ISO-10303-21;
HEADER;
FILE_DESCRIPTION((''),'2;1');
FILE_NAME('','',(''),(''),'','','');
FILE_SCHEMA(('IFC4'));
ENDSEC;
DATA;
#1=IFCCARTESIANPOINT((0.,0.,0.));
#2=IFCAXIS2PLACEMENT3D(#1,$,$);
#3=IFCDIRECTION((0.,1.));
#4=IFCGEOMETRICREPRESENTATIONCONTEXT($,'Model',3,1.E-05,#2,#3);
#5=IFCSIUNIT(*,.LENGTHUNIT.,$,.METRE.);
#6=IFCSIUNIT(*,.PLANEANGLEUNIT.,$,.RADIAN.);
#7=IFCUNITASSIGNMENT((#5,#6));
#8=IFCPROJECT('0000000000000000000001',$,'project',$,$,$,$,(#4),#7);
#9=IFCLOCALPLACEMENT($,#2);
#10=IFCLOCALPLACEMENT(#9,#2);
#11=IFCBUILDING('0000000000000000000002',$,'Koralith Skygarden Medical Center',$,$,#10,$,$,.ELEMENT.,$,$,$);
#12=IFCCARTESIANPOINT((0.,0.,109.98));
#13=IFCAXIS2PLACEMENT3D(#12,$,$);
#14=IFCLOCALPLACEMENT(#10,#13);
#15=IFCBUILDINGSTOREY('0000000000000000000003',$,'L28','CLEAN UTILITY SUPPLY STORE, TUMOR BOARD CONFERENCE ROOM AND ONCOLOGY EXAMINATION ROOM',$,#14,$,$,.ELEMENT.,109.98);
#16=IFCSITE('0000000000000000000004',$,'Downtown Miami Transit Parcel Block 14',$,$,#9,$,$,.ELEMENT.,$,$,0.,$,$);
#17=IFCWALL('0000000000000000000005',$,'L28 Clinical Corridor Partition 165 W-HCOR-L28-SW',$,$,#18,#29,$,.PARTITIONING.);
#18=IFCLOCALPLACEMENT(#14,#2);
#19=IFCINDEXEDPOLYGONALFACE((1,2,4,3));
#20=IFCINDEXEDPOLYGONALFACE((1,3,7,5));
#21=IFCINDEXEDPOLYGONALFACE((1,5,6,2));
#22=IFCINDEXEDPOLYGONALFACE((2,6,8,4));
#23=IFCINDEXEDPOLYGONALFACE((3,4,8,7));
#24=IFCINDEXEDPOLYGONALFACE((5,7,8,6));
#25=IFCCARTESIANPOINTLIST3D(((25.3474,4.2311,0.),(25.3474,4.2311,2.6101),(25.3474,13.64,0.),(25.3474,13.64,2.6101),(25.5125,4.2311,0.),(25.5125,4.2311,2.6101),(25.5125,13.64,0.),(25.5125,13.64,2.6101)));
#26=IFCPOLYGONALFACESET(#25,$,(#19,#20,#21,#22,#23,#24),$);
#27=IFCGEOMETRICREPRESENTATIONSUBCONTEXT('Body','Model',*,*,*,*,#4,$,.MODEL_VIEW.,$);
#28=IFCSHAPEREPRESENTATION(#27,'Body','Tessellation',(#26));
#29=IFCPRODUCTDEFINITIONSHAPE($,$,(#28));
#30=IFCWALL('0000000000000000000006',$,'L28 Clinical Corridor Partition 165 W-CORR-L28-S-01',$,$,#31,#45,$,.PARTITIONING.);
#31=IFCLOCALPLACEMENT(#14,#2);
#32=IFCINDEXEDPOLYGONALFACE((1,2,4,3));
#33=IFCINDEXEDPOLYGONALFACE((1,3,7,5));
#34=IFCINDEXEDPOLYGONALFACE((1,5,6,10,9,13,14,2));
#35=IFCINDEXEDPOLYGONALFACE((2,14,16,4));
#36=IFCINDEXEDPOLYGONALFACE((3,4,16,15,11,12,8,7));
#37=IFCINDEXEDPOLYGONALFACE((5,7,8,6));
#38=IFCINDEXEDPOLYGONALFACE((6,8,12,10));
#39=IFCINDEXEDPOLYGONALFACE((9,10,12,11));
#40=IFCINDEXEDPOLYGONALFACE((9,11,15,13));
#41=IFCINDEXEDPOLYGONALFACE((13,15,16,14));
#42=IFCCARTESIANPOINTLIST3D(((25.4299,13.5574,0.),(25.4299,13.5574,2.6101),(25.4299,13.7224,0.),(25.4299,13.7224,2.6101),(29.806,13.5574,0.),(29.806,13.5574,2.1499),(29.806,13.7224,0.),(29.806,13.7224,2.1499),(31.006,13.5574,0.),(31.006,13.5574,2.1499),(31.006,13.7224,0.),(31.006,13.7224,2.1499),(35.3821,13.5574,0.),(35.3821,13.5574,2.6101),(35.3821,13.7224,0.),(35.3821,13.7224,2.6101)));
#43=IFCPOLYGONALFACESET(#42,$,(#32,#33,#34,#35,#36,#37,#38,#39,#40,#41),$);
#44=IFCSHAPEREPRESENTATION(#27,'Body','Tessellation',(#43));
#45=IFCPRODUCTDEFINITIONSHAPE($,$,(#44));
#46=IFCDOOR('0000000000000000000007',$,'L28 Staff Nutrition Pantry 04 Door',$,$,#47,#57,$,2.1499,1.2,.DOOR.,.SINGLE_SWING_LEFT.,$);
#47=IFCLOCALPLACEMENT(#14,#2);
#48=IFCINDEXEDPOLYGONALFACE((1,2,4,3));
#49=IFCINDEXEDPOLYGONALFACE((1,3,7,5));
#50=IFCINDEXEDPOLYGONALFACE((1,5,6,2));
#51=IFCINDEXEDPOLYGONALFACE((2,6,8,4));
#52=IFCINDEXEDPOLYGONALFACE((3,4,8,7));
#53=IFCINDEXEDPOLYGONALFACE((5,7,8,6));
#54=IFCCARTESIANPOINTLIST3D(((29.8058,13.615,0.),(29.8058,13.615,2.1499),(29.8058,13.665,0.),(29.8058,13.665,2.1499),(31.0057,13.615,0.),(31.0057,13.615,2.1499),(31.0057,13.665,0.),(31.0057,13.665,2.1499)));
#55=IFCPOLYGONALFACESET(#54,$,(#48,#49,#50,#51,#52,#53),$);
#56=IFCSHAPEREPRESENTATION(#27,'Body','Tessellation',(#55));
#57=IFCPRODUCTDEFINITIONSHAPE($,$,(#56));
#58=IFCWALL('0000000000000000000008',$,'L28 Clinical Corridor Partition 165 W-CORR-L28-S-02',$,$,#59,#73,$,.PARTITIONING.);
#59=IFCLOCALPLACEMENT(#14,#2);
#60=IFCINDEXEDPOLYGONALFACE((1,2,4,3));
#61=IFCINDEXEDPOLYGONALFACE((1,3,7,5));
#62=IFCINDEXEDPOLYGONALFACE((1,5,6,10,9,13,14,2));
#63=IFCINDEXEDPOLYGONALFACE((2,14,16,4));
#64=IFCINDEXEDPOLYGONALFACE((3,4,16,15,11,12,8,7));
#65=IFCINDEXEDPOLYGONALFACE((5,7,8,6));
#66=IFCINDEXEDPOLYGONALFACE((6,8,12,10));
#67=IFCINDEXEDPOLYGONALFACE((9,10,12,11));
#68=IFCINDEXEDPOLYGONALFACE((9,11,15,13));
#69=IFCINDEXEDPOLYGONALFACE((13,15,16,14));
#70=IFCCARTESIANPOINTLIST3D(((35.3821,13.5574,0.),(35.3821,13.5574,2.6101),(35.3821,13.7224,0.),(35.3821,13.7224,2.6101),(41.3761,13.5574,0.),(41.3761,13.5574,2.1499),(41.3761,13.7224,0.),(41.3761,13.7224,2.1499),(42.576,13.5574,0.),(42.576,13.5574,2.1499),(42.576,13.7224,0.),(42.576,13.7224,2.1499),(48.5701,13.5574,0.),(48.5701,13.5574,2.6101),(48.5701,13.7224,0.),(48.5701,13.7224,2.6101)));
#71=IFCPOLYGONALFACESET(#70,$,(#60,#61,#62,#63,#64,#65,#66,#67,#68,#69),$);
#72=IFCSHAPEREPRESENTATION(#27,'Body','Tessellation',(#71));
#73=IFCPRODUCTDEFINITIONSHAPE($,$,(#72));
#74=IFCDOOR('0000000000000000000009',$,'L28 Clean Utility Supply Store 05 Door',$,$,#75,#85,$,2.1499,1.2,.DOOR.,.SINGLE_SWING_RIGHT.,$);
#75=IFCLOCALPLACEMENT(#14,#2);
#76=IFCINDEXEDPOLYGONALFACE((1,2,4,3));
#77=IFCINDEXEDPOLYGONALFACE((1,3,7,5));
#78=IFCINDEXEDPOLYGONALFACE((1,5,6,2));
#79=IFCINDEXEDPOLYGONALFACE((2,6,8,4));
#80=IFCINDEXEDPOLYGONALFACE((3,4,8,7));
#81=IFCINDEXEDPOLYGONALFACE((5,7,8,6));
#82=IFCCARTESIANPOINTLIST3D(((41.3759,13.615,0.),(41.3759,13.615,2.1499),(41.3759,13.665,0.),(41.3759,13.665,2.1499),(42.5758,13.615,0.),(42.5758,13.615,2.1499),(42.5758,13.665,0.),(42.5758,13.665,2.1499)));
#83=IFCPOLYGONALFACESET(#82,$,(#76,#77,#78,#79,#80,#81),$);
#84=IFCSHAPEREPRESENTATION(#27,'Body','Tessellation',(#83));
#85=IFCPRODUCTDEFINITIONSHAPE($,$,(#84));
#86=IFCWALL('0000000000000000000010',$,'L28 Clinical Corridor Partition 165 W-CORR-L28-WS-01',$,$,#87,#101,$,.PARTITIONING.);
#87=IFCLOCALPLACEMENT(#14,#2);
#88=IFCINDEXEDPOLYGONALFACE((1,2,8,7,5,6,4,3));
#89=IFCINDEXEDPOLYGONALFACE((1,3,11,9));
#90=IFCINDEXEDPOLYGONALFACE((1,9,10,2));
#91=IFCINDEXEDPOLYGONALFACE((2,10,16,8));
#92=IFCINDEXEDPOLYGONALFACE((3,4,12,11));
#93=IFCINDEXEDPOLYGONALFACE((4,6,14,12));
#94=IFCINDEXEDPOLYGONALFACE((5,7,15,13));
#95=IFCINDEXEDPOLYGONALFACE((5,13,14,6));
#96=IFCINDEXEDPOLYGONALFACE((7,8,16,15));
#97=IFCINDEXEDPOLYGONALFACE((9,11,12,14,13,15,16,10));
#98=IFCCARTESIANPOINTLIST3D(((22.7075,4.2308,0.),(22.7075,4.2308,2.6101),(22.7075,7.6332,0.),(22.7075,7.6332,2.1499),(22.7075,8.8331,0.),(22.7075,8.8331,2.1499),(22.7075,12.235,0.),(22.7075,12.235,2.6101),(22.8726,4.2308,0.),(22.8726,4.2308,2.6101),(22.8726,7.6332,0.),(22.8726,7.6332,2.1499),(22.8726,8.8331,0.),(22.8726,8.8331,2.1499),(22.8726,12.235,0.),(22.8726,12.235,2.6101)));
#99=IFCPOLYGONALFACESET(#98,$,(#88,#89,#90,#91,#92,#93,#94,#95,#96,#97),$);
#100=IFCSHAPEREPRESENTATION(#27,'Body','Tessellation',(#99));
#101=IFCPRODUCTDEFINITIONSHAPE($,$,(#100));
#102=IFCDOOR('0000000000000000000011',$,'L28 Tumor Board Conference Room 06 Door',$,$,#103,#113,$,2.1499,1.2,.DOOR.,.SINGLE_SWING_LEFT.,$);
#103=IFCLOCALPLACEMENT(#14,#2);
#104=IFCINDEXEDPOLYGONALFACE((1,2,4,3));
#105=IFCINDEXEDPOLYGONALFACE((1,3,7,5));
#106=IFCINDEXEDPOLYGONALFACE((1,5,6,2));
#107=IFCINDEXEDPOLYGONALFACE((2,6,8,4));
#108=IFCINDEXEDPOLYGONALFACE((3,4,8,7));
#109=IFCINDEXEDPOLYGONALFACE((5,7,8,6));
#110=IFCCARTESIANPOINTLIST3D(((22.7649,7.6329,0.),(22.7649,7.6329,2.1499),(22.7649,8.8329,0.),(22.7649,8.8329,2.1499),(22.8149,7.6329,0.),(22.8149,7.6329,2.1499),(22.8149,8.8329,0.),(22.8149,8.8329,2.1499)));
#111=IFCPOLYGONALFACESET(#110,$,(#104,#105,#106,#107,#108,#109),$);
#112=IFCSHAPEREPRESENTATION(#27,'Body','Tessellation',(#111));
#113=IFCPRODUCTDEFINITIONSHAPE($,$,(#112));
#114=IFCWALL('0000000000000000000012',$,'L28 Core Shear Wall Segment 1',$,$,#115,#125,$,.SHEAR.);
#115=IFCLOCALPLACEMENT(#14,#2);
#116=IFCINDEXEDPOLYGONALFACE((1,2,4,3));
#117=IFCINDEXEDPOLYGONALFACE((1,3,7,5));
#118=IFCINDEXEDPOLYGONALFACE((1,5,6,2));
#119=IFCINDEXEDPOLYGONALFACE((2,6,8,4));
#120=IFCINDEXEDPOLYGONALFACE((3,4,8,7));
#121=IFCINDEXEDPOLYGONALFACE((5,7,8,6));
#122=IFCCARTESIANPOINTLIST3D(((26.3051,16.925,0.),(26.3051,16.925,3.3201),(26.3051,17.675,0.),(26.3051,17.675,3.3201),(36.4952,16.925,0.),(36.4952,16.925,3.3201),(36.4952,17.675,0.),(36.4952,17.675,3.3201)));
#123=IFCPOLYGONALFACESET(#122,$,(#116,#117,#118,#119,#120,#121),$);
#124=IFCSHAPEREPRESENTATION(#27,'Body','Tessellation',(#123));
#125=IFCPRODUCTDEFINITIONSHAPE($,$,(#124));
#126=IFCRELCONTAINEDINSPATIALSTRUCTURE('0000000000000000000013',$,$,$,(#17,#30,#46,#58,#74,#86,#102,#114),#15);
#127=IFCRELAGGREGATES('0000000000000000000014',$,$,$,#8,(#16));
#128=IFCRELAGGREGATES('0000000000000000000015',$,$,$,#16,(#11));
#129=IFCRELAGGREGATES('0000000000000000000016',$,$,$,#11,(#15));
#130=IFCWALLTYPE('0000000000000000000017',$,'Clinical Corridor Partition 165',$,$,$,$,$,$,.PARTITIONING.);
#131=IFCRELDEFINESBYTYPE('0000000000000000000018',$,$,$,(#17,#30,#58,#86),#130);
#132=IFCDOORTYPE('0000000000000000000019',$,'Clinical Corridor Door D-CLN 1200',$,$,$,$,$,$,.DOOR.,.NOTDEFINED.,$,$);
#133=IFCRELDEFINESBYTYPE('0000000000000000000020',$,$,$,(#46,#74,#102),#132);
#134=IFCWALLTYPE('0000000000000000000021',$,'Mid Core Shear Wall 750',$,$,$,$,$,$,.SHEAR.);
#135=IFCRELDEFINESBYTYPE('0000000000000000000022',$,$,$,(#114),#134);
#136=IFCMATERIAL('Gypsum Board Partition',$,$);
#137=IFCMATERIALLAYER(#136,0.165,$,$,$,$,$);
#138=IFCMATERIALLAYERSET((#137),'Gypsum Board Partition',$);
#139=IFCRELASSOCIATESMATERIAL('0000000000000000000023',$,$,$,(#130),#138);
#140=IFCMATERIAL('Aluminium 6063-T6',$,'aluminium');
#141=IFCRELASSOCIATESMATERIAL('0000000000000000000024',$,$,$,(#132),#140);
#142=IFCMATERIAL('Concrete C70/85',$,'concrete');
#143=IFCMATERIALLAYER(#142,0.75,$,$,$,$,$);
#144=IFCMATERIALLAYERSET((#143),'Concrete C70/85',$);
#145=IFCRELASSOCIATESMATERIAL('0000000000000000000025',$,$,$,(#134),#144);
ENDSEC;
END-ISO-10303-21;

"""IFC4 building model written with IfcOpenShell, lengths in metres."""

from ifc_helpers import new_model, si_unit, direction, frame, frame_2d, origin, place, context, subcontext, project, spatial, rectangle, extrude, material, layer, layer_set, type_object, element, fill, save


model = new_model("IFC4")

# Units and contexts
model_context = context("Model", 3, precision=1e-05, world=origin(), true_north=direction((0.0, 1.0)))
body_context = subcontext(model_context, "Body", "Model", "MODEL_VIEW")
ifc_project = project(units=[si_unit("LENGTHUNIT", "METRE"), si_unit("PLANEANGLEUNIT", "RADIAN")], contexts=[model_context])

# Site, building, storey
site_placement = place(None, origin())
site = spatial("IfcSite", under=ifc_project, at=site_placement, Name="Downtown Miami Transit Parcel Block 14", CompositionType="ELEMENT", RefElevation=0.0)
building_placement = place(site_placement, origin())
building = spatial("IfcBuilding", under=site, at=building_placement, Name="Koralith Skygarden Medical Center", CompositionType="ELEMENT")
storey_placement = place(building_placement, frame((0.0, 0.0, 109.98)))
storey = spatial("IfcBuildingStorey", under=building, at=storey_placement, Name="L28", Description="CLEAN UTILITY SUPPLY STORE, TUMOR BOARD CONFERENCE ROOM AND ONCOLOGY EXAMINATION ROOM", CompositionType="ELEMENT", Elevation=109.98)

# Shared definitions
ifc_material_1 = material(Name="Concrete C70/85", Category="concrete")

# Shared definitions
ifc_material_2 = material(Name="Aluminium 6063-T6", Category="aluminium")

# Wall
ifc_material_3 = material(Name="Gypsum Board Partition")
ifc_layer_1 = layer(ifc_material_3, 0.165)
ifc_layer_set_1 = layer_set([ifc_layer_1], Name="Gypsum Board Partition")
wall_type_1 = type_object("IfcWallType", Name="Clinical Corridor Partition 165", PredefinedType="PARTITIONING", material=ifc_layer_set_1)
wall_1_placement = place(storey_placement, frame((25.4299, 4.231, 0.0), z_axis=(0.0, 0.0, 1.0), x_axis=(0.0, 1.0, 0.0)))
element("IfcWall", 1, at=wall_1_placement, inside=storey, type_object=wall_type_1, Name="L28 Clinical Corridor Partition 165 W-HCOR-L28-SW", PredefinedType="PARTITIONING", context=body_context, shape_type="SweptSolid", body=[
    extrude(rectangle(XDim=9.4089, YDim=0.165, at=frame_2d((4.7046, 0.0))), origin(), (0.0, 0.0, 1.0), 2.6101),
])

# Walls, openings, doors
wall_2_placement = place(storey_placement, frame((25.4299, 13.6399, 0.0), z_axis=(0.0, 0.0, 1.0), x_axis=(1.0, 0.0, 0.0)))
wall_2 = element("IfcWall", 2, at=wall_2_placement, inside=storey, type_object=wall_type_1, Name="L28 Clinical Corridor Partition 165 W-CORR-L28-S-01", PredefinedType="PARTITIONING", context=body_context, shape_type="SweptSolid", body=[
    extrude(rectangle(XDim=9.9521, YDim=0.165, at=frame_2d((4.9761, 0.0))), origin(), (0.0, 0.0, 1.0), 2.6101),
])
opening_1_placement = place(wall_2_placement, frame((4.376, 0.0, 0.0)))
opening_1 = element("IfcOpeningElement", 3, at=opening_1_placement, cuts=wall_2, PredefinedType="OPENING", context=body_context, shape_type="SweptSolid", body=[
    extrude(rectangle(XDim=1.2, YDim=2.1499, at=frame_2d((0.6001, 1.075))), frame((0.0, 0.0925, 0.0), z_axis=(0.0, -1.0, 0.0), x_axis=(1.0, 0.0, 0.0)), (0.0, 0.0, 1.0), 0.1851),
])
door_type = type_object("IfcDoorType", Name="Clinical Corridor Door D-CLN 1200", OperationType="NOTDEFINED", PredefinedType="DOOR", material=ifc_material_2)
door_1_placement = place(opening_1_placement, frame((1.2, 0.0, 0.0), z_axis=(0.0, 0.0, 1.0), x_axis=(-1.0, 0.0, 0.0)))
door_1 = element("IfcDoor", 4, at=door_1_placement, inside=storey, type_object=door_type, Name="L28 Staff Nutrition Pantry 04 Door", OperationType="SINGLE_SWING_LEFT", OverallHeight=2.1499, OverallWidth=1.2, PredefinedType="DOOR", context=body_context, shape_type="SweptSolid", body=[
    extrude(rectangle(XDim=1.2, YDim=2.1499, at=frame_2d((0.6001, 1.075))), frame((0.0, 0.0249, 0.0), z_axis=(0.0, -1.0, 0.0), x_axis=(1.0, 0.0, 0.0)), (0.0, 0.0, 1.0), 0.05),
])
fill(opening_1, door_1)
wall_3_placement = place(storey_placement, frame((35.3821, 13.6399, 0.0), z_axis=(0.0, 0.0, 1.0), x_axis=(1.0, 0.0, 0.0)))
wall_3 = element("IfcWall", 5, at=wall_3_placement, inside=storey, type_object=wall_type_1, Name="L28 Clinical Corridor Partition 165 W-CORR-L28-S-02", PredefinedType="PARTITIONING", context=body_context, shape_type="SweptSolid", body=[
    extrude(rectangle(XDim=13.188, YDim=0.165, at=frame_2d((6.594, 0.0))), origin(), (0.0, 0.0, 1.0), 2.6101),
])
opening_2_placement = place(wall_3_placement, frame((5.9939, 0.0, 0.0)))
opening_2 = element("IfcOpeningElement", 6, at=opening_2_placement, cuts=wall_3, PredefinedType="OPENING", context=body_context, shape_type="SweptSolid", body=[
    extrude(rectangle(XDim=1.2, YDim=2.1499, at=frame_2d((0.6001, 1.075))), frame((0.0, 0.0925, 0.0), z_axis=(0.0, -1.0, 0.0), x_axis=(1.0, 0.0, 0.0)), (0.0, 0.0, 1.0), 0.1851),
])
door_2_placement = place(opening_2_placement, frame((1.2, 0.0, 0.0), z_axis=(0.0, 0.0, 1.0), x_axis=(-1.0, 0.0, 0.0)))
door_2 = element("IfcDoor", 7, at=door_2_placement, inside=storey, type_object=door_type, Name="L28 Clean Utility Supply Store 05 Door", OperationType="SINGLE_SWING_RIGHT", OverallHeight=2.1499, OverallWidth=1.2, PredefinedType="DOOR", context=body_context, shape_type="SweptSolid", body=[
    extrude(rectangle(XDim=1.2, YDim=2.1499, at=frame_2d((0.6001, 1.075))), frame((0.0, 0.0249, 0.0), z_axis=(0.0, -1.0, 0.0), x_axis=(1.0, 0.0, 0.0)), (0.0, 0.0, 1.0), 0.05),
])
fill(opening_2, door_2)
wall_4_placement = place(storey_placement, frame((22.79, 4.231, 0.0), z_axis=(0.0, 0.0, 1.0), x_axis=(0.0, 1.0, 0.0)))
wall_4 = element("IfcWall", 8, at=wall_4_placement, inside=storey, type_object=wall_type_1, Name="L28 Clinical Corridor Partition 165 W-CORR-L28-WS-01", PredefinedType="PARTITIONING", context=body_context, shape_type="SweptSolid", body=[
    extrude(rectangle(XDim=8.0042, YDim=0.165, at=frame_2d((4.002, 0.0))), origin(), (0.0, 0.0, 1.0), 2.6101),
])
opening_3_placement = place(wall_4_placement, frame((3.4021, 0.0, 0.0)))
opening_3 = element("IfcOpeningElement", 9, at=opening_3_placement, cuts=wall_4, PredefinedType="OPENING", context=body_context, shape_type="SweptSolid", body=[
    extrude(rectangle(XDim=1.2, YDim=2.1499, at=frame_2d((0.6001, 1.075))), frame((0.0, 0.0925, 0.0), z_axis=(0.0, -1.0, 0.0), x_axis=(1.0, 0.0, 0.0)), (0.0, 0.0, 1.0), 0.1851),
])
door_3_placement = place(opening_3_placement, frame((1.2, 0.0, 0.0), z_axis=(0.0, 0.0, 1.0), x_axis=(-1.0, 0.0, 0.0)))
door_3 = element("IfcDoor", 10, at=door_3_placement, inside=storey, type_object=door_type, Name="L28 Tumor Board Conference Room 06 Door", OperationType="SINGLE_SWING_LEFT", OverallHeight=2.1499, OverallWidth=1.2, PredefinedType="DOOR", context=body_context, shape_type="SweptSolid", body=[
    extrude(rectangle(XDim=1.2, YDim=2.1499, at=frame_2d((0.6001, 1.075))), frame((0.0, 0.0249, 0.0), z_axis=(0.0, -1.0, 0.0), x_axis=(1.0, 0.0, 0.0)), (0.0, 0.0, 1.0), 0.05),
])
fill(opening_3, door_3)

# Wall
ifc_layer_2 = layer(ifc_material_1, 0.75)
ifc_layer_set_2 = layer_set([ifc_layer_2], Name="Concrete C70/85")
wall_type_2 = type_object("IfcWallType", Name="Mid Core Shear Wall 750", PredefinedType="SHEAR", material=ifc_layer_set_2)
wall_5_placement = place(storey_placement, frame((26.3049, 17.3, 0.0), z_axis=(0.0, 0.0, 1.0), x_axis=(1.0, 0.0, 0.0)))
element("IfcWall", 11, at=wall_5_placement, inside=storey, type_object=wall_type_2, Name="L28 Core Shear Wall Segment 1", PredefinedType="SHEAR", context=body_context, shape_type="SweptSolid", body=[
    extrude(rectangle(XDim=10.1902, YDim=0.75, at=frame_2d((5.0952, 0.0))), origin(), (0.0, 0.0, 1.0), 3.3201),
])

save(model, "model.ifc")
